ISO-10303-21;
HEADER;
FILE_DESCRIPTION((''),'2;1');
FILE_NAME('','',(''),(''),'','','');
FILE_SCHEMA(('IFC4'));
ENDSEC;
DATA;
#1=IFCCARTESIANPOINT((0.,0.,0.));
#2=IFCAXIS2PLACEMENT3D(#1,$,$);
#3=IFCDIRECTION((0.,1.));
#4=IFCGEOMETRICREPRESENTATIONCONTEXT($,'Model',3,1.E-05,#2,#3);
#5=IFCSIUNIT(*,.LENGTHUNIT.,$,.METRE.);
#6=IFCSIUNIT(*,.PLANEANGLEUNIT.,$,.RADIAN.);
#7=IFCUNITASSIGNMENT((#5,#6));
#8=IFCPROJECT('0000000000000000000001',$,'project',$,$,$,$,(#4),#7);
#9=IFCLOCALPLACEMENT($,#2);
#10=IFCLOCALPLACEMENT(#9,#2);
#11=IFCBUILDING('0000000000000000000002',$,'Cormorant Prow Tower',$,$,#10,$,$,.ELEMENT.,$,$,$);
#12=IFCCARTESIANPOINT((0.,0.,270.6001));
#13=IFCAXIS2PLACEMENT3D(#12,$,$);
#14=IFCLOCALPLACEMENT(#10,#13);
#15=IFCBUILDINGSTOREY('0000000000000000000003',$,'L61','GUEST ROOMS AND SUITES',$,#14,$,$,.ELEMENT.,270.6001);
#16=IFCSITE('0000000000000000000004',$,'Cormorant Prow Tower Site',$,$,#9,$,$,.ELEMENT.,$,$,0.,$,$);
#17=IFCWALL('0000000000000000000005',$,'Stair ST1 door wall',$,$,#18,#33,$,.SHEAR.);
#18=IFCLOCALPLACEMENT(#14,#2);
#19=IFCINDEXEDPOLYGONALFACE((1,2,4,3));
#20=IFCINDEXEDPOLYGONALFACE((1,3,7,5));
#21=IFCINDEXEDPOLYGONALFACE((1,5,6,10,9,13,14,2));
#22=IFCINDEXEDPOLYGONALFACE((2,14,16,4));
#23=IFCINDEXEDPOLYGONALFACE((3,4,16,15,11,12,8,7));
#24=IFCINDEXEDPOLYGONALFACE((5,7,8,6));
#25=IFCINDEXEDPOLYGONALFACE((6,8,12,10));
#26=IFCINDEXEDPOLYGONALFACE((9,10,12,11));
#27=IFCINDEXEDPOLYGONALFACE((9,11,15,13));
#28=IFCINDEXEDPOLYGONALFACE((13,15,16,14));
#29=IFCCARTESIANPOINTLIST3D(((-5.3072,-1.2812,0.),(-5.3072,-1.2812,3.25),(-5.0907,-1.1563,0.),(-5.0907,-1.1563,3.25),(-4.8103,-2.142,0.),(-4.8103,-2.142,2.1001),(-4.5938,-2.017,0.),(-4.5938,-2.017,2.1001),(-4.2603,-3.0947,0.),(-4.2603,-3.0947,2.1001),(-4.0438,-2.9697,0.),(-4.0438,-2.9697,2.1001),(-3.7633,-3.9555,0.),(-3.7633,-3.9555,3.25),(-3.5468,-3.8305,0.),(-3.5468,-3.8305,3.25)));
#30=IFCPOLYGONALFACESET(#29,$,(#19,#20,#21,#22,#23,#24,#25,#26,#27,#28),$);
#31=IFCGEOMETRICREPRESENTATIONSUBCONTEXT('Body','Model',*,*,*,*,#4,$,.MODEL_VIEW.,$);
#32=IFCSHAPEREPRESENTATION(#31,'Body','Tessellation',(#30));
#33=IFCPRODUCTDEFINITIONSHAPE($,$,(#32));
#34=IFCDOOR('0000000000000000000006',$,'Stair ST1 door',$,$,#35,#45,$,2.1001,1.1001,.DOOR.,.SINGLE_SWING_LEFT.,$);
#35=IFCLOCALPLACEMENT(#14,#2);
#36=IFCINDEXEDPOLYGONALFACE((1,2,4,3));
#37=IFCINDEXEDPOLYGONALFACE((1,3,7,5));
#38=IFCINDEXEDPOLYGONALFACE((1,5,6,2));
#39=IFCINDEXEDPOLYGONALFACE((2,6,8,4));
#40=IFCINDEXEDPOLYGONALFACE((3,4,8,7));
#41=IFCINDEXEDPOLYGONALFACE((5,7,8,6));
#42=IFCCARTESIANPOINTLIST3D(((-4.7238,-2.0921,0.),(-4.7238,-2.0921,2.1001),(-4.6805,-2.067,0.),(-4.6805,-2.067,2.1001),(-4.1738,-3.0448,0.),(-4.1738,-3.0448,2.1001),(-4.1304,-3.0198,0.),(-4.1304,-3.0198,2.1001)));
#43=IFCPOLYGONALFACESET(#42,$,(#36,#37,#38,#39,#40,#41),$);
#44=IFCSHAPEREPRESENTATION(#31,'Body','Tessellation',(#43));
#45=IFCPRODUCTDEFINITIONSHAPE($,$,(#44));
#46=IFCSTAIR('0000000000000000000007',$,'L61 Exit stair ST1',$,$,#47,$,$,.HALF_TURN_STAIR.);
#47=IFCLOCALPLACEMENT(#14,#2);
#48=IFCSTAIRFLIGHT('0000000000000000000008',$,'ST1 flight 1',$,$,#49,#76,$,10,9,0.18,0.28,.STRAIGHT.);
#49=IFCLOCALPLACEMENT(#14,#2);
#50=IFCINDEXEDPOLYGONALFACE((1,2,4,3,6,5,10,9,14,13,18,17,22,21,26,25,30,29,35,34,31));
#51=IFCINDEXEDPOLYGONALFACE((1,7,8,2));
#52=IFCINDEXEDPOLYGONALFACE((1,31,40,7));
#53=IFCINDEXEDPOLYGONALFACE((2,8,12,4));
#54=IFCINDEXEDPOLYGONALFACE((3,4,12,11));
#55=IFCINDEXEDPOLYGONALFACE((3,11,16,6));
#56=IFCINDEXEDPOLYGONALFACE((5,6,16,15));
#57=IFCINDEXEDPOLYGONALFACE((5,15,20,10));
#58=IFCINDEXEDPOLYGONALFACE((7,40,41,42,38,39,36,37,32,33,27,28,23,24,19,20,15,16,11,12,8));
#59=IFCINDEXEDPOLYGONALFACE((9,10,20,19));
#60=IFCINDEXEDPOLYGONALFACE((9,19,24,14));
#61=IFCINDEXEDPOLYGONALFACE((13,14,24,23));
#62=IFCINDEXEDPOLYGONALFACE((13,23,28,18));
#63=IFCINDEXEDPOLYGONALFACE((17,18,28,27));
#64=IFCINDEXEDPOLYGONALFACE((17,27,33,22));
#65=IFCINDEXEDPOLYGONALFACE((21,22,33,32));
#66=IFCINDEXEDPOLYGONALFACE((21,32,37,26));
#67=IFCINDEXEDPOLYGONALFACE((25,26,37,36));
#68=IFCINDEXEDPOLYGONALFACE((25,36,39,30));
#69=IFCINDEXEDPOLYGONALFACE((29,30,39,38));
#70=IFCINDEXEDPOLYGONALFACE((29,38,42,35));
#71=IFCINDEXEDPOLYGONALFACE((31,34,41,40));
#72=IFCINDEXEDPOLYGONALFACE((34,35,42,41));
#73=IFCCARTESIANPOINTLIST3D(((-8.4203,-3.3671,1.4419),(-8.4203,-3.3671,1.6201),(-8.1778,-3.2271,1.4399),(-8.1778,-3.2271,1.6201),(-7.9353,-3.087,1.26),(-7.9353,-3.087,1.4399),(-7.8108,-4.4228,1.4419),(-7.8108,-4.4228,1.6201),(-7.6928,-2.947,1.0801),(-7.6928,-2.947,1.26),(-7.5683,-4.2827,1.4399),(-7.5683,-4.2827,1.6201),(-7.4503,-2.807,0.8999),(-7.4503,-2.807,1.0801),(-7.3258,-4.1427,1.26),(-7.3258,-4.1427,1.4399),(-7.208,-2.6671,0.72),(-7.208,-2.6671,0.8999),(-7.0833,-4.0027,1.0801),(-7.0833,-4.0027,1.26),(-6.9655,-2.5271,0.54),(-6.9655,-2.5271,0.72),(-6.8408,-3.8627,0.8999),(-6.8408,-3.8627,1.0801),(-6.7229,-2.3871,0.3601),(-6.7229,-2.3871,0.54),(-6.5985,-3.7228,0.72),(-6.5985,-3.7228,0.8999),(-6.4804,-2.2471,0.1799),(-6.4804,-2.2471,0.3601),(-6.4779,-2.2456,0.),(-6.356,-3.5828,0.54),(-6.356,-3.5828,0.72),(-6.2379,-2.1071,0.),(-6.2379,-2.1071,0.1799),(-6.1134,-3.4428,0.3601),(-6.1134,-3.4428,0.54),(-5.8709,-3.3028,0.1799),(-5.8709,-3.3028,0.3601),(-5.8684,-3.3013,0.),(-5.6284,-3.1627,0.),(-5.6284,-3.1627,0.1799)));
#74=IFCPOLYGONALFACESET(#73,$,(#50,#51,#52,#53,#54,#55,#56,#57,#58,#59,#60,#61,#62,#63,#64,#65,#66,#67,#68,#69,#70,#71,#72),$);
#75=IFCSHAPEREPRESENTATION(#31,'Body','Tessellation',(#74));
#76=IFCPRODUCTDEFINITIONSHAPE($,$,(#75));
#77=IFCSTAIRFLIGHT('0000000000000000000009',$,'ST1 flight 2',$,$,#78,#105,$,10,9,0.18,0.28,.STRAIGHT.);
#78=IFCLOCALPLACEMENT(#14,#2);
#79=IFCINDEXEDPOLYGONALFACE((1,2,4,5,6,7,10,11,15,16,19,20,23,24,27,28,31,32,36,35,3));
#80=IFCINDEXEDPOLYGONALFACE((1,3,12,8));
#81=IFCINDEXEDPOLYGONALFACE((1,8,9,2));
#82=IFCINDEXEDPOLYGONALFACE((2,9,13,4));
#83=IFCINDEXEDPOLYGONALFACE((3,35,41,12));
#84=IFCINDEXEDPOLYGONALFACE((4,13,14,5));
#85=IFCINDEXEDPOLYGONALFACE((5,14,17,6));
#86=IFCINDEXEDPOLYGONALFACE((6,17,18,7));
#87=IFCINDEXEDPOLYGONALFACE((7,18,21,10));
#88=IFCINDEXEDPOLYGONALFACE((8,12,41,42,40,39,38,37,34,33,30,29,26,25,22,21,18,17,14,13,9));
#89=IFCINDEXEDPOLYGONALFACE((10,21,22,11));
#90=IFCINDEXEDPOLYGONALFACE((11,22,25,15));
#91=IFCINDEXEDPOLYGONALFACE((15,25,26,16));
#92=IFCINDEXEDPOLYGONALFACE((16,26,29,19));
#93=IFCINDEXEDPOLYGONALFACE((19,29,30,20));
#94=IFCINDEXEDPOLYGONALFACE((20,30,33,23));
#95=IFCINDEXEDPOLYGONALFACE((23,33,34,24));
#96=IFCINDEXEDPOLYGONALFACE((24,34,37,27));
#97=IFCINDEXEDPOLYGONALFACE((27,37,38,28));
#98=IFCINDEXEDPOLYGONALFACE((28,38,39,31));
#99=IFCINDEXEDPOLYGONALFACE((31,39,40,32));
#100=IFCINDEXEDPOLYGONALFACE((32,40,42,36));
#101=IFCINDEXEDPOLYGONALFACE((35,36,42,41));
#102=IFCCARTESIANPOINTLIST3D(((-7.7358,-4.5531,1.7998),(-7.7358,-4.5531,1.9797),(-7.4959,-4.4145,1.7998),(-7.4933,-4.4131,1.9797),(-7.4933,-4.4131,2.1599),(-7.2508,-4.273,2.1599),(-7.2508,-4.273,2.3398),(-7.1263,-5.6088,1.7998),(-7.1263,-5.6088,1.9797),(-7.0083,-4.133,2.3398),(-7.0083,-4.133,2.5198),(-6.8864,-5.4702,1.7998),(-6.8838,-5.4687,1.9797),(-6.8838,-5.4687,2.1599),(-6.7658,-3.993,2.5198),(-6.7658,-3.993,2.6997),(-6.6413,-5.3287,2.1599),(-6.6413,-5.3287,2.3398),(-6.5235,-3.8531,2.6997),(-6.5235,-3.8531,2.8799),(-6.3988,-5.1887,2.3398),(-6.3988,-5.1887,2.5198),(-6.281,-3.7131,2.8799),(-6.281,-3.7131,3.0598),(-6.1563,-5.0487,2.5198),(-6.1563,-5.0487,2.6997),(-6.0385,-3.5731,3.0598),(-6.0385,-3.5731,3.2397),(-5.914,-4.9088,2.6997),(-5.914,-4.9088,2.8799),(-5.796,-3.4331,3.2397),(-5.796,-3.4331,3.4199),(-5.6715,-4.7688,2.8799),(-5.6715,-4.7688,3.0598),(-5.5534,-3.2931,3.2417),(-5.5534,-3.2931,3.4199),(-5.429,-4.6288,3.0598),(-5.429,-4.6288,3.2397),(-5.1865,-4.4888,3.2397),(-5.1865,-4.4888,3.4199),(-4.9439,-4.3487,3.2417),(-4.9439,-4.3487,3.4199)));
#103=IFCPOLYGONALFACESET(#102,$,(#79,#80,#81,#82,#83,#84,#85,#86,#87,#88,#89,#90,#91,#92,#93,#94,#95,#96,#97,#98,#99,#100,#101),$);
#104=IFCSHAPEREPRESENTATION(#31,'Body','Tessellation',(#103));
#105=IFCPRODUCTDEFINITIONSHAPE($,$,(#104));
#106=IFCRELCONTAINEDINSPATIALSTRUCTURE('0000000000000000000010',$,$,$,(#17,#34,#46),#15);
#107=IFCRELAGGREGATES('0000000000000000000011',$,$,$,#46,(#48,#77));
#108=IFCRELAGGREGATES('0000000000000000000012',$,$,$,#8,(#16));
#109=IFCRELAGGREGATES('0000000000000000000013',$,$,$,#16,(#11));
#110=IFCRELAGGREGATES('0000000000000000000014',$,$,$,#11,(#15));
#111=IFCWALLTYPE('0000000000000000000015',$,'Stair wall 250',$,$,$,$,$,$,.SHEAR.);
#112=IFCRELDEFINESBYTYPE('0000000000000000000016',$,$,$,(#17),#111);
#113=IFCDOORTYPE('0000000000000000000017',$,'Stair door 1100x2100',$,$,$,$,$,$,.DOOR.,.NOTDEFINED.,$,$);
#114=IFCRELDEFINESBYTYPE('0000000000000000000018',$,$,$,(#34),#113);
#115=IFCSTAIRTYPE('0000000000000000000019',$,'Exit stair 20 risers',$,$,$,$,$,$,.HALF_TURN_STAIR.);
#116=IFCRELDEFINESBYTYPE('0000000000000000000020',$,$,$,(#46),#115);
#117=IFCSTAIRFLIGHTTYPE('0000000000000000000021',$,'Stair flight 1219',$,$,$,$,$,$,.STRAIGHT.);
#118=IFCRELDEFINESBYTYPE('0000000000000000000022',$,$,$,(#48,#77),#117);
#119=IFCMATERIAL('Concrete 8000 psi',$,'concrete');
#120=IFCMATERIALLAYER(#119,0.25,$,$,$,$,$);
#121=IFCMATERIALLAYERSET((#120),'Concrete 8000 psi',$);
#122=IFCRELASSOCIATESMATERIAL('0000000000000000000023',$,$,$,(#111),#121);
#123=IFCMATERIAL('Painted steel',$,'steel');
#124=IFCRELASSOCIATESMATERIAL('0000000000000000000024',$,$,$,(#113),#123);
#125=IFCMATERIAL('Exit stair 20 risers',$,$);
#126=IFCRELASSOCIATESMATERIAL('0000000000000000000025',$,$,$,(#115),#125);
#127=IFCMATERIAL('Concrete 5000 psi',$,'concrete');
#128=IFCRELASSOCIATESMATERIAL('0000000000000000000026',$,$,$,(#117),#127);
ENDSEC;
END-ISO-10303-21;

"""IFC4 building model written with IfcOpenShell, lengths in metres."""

from ifc_helpers import new_model, si_unit, direction, frame, frame_2d, origin, place, context, subcontext, project, spatial, polyline, rectangle, outline, extrude, material, layer, layer_set, type_object, element, fill, aggregate, save


model = new_model("IFC4")

# Units and contexts
model_context = context("Model", 3, precision=1e-05, world=origin(), true_north=direction((0.0, 1.0)))
body_context = subcontext(model_context, "Body", "Model", "MODEL_VIEW")
ifc_project = project(units=[si_unit("LENGTHUNIT", "METRE"), si_unit("PLANEANGLEUNIT", "RADIAN")], contexts=[model_context])

# Site, building, storey
site_placement = place(None, origin())
site = spatial("IfcSite", under=ifc_project, at=site_placement, Name="Cormorant Prow Tower Site", CompositionType="ELEMENT", RefElevation=0.0)
building_placement = place(site_placement, origin())
building = spatial("IfcBuilding", under=site, at=building_placement, Name="Cormorant Prow Tower", CompositionType="ELEMENT")
storey_placement = place(building_placement, frame((0.0, 0.0, 270.6001)))
storey = spatial("IfcBuildingStorey", under=building, at=storey_placement, Name="L61", Description="GUEST ROOMS AND SUITES", CompositionType="ELEMENT", Elevation=270.6001)

# Wall, opening, door
ifc_material_1 = material(Name="Concrete 8000 psi", Category="concrete")
ifc_layer_1 = layer(ifc_material_1, 0.25)
ifc_layer_set_1 = layer_set([ifc_layer_1], Name="Concrete 8000 psi")
wall_type_1 = type_object("IfcWallType", Name="Stair wall 250", PredefinedType="SHEAR", material=ifc_layer_set_1)
wall_1_placement = place(storey_placement, frame((-5.199, -1.2188, 0.0), z_axis=(0.0, 0.0, 1.0), x_axis=(0.499983, -0.866035, 0.0)))
wall_1 = element("IfcWall", 1, at=wall_1_placement, inside=storey, type_object=wall_type_1, Name="Stair ST1 door wall", PredefinedType="SHEAR", context=body_context, shape_type="SweptSolid", body=[
    extrude(rectangle(XDim=3.0879, YDim=0.25, at=frame_2d((1.5439, 0.0))), origin(), (0.0, 0.0, 1.0), 3.25),
])
opening_1_placement = place(wall_1_placement, frame((0.9939, 0.0, 0.0)))
opening_1 = element("IfcOpeningElement", 2, at=opening_1_placement, cuts=wall_1, PredefinedType="OPENING", context=body_context, shape_type="SweptSolid", body=[
    extrude(rectangle(XDim=1.1001, YDim=2.1001, at=frame_2d((0.55, 1.05))), frame((0.0, 0.135, 0.0), z_axis=(0.0, -1.0, 0.0), x_axis=(1.0, 0.0, 0.0)), (0.0, 0.0, 1.0), 0.27),
])
ifc_material_2 = material(Name="Painted steel", Category="steel")
door_type_1 = type_object("IfcDoorType", Name="Stair door 1100x2100", OperationType="NOTDEFINED", PredefinedType="DOOR", material=ifc_material_2)
door_1_placement = place(opening_1_placement, origin())
door_1 = element("IfcDoor", 3, at=door_1_placement, inside=storey, type_object=door_type_1, Name="Stair ST1 door", OperationType="SINGLE_SWING_LEFT", OverallHeight=2.1001, OverallWidth=1.1001, PredefinedType="DOOR", context=body_context, shape_type="SweptSolid", body=[
    extrude(rectangle(XDim=1.1001, YDim=2.1001, at=frame_2d((0.55, 1.05))), frame((0.0, 0.0249, 0.0), z_axis=(0.0, -1.0, 0.0), x_axis=(1.0, 0.0, 0.0)), (0.0, 0.0, 1.0), 0.05),
])
fill(opening_1, door_1)

# Stair, stair flights
ifc_material_3 = material(Name="Exit stair 20 risers")
stair_type = type_object("IfcStairType", Name="Exit stair 20 risers", PredefinedType="HALF_TURN_STAIR", material=ifc_material_3)
stair_placement = place(storey_placement, origin())
stair = element("IfcStair", 4, at=stair_placement, inside=storey, type_object=stair_type, Name="L61 Exit stair ST1", PredefinedType="HALF_TURN_STAIR")
ifc_material_4 = material(Name="Concrete 5000 psi", Category="concrete")
stair_flight_type = type_object("IfcStairFlightType", Name="Stair flight 1219", PredefinedType="STRAIGHT", material=ifc_material_4)
stair_flight_1_placement = place(storey_placement, frame((-5.9331, -2.635, 0.0), z_axis=(0.0, 0.0, 1.0), x_axis=(-0.866025, -0.5, 0.0)))
stair_flight_1 = element("IfcStairFlight", 5, at=stair_flight_1_placement, type_object=stair_flight_type, Name="ST1 flight 1", NumberOfRisers=10, NumberOfTreads=9, PredefinedType="STRAIGHT", RiserHeight=0.18, TreadLength=0.28, context=body_context, shape_type="SweptSolid", body=[
    extrude(outline(polyline([(0.0, 0.0), (0.0, 0.1799), (0.28, 0.1799), (0.28, 0.3601), (0.5601, 0.3601), (0.5601, 0.54), (0.8401, 0.54), (0.8401, 0.72), (1.1201, 0.72), (1.1201, 0.8999), (1.3999, 0.8999), (1.3999, 1.0801), (1.6799, 1.0801), (1.6799, 1.26), (1.96, 1.26), (1.96, 1.4399), (2.24, 1.4399), (2.24, 1.6201), (2.52, 1.6201), (2.52, 1.8), (2.52, 1.4419), (0.2771, 0.0), (0.0, 0.0)])), frame((0.0, 0.6094, 0.0), z_axis=(0.0, -1.0, 0.0), x_axis=(1.0, 0.0, 0.0)), (0.0, 0.0, 1.0), 1.219),
])
stair_flight_2_placement = place(storey_placement, frame((-7.4312, -5.0808, 1.7998), z_axis=(0.0, 0.0, 1.0), x_axis=(0.866025, 0.5, 0.0)))
stair_flight_2 = element("IfcStairFlight", 6, at=stair_flight_2_placement, type_object=stair_flight_type, Name="ST1 flight 2", NumberOfRisers=10, NumberOfTreads=9, PredefinedType="STRAIGHT", RiserHeight=0.18, TreadLength=0.28, context=body_context, shape_type="SweptSolid", body=[
    extrude(outline(polyline([(0.0, 0.0), (0.0, 0.1799), (0.28, 0.1799), (0.28, 0.3601), (0.5601, 0.3601), (0.5601, 0.54), (0.8401, 0.54), (0.8401, 0.72), (1.1201, 0.72), (1.1201, 0.8999), (1.3999, 0.8999), (1.3999, 1.0801), (1.6799, 1.0801), (1.6799, 1.26), (1.96, 1.26), (1.96, 1.4399), (2.24, 1.4399), (2.24, 1.6201), (2.52, 1.6201), (2.52, 1.8), (2.52, 1.4419), (0.2771, 0.0), (0.0, 0.0)])), frame((0.0, 0.6094, 0.0), z_axis=(0.0, -1.0, 0.0), x_axis=(1.0, 0.0, 0.0)), (0.0, 0.0, 1.0), 1.219),
])
aggregate(stair, [stair_flight_1, stair_flight_2])

save(model, "model.ifc")
